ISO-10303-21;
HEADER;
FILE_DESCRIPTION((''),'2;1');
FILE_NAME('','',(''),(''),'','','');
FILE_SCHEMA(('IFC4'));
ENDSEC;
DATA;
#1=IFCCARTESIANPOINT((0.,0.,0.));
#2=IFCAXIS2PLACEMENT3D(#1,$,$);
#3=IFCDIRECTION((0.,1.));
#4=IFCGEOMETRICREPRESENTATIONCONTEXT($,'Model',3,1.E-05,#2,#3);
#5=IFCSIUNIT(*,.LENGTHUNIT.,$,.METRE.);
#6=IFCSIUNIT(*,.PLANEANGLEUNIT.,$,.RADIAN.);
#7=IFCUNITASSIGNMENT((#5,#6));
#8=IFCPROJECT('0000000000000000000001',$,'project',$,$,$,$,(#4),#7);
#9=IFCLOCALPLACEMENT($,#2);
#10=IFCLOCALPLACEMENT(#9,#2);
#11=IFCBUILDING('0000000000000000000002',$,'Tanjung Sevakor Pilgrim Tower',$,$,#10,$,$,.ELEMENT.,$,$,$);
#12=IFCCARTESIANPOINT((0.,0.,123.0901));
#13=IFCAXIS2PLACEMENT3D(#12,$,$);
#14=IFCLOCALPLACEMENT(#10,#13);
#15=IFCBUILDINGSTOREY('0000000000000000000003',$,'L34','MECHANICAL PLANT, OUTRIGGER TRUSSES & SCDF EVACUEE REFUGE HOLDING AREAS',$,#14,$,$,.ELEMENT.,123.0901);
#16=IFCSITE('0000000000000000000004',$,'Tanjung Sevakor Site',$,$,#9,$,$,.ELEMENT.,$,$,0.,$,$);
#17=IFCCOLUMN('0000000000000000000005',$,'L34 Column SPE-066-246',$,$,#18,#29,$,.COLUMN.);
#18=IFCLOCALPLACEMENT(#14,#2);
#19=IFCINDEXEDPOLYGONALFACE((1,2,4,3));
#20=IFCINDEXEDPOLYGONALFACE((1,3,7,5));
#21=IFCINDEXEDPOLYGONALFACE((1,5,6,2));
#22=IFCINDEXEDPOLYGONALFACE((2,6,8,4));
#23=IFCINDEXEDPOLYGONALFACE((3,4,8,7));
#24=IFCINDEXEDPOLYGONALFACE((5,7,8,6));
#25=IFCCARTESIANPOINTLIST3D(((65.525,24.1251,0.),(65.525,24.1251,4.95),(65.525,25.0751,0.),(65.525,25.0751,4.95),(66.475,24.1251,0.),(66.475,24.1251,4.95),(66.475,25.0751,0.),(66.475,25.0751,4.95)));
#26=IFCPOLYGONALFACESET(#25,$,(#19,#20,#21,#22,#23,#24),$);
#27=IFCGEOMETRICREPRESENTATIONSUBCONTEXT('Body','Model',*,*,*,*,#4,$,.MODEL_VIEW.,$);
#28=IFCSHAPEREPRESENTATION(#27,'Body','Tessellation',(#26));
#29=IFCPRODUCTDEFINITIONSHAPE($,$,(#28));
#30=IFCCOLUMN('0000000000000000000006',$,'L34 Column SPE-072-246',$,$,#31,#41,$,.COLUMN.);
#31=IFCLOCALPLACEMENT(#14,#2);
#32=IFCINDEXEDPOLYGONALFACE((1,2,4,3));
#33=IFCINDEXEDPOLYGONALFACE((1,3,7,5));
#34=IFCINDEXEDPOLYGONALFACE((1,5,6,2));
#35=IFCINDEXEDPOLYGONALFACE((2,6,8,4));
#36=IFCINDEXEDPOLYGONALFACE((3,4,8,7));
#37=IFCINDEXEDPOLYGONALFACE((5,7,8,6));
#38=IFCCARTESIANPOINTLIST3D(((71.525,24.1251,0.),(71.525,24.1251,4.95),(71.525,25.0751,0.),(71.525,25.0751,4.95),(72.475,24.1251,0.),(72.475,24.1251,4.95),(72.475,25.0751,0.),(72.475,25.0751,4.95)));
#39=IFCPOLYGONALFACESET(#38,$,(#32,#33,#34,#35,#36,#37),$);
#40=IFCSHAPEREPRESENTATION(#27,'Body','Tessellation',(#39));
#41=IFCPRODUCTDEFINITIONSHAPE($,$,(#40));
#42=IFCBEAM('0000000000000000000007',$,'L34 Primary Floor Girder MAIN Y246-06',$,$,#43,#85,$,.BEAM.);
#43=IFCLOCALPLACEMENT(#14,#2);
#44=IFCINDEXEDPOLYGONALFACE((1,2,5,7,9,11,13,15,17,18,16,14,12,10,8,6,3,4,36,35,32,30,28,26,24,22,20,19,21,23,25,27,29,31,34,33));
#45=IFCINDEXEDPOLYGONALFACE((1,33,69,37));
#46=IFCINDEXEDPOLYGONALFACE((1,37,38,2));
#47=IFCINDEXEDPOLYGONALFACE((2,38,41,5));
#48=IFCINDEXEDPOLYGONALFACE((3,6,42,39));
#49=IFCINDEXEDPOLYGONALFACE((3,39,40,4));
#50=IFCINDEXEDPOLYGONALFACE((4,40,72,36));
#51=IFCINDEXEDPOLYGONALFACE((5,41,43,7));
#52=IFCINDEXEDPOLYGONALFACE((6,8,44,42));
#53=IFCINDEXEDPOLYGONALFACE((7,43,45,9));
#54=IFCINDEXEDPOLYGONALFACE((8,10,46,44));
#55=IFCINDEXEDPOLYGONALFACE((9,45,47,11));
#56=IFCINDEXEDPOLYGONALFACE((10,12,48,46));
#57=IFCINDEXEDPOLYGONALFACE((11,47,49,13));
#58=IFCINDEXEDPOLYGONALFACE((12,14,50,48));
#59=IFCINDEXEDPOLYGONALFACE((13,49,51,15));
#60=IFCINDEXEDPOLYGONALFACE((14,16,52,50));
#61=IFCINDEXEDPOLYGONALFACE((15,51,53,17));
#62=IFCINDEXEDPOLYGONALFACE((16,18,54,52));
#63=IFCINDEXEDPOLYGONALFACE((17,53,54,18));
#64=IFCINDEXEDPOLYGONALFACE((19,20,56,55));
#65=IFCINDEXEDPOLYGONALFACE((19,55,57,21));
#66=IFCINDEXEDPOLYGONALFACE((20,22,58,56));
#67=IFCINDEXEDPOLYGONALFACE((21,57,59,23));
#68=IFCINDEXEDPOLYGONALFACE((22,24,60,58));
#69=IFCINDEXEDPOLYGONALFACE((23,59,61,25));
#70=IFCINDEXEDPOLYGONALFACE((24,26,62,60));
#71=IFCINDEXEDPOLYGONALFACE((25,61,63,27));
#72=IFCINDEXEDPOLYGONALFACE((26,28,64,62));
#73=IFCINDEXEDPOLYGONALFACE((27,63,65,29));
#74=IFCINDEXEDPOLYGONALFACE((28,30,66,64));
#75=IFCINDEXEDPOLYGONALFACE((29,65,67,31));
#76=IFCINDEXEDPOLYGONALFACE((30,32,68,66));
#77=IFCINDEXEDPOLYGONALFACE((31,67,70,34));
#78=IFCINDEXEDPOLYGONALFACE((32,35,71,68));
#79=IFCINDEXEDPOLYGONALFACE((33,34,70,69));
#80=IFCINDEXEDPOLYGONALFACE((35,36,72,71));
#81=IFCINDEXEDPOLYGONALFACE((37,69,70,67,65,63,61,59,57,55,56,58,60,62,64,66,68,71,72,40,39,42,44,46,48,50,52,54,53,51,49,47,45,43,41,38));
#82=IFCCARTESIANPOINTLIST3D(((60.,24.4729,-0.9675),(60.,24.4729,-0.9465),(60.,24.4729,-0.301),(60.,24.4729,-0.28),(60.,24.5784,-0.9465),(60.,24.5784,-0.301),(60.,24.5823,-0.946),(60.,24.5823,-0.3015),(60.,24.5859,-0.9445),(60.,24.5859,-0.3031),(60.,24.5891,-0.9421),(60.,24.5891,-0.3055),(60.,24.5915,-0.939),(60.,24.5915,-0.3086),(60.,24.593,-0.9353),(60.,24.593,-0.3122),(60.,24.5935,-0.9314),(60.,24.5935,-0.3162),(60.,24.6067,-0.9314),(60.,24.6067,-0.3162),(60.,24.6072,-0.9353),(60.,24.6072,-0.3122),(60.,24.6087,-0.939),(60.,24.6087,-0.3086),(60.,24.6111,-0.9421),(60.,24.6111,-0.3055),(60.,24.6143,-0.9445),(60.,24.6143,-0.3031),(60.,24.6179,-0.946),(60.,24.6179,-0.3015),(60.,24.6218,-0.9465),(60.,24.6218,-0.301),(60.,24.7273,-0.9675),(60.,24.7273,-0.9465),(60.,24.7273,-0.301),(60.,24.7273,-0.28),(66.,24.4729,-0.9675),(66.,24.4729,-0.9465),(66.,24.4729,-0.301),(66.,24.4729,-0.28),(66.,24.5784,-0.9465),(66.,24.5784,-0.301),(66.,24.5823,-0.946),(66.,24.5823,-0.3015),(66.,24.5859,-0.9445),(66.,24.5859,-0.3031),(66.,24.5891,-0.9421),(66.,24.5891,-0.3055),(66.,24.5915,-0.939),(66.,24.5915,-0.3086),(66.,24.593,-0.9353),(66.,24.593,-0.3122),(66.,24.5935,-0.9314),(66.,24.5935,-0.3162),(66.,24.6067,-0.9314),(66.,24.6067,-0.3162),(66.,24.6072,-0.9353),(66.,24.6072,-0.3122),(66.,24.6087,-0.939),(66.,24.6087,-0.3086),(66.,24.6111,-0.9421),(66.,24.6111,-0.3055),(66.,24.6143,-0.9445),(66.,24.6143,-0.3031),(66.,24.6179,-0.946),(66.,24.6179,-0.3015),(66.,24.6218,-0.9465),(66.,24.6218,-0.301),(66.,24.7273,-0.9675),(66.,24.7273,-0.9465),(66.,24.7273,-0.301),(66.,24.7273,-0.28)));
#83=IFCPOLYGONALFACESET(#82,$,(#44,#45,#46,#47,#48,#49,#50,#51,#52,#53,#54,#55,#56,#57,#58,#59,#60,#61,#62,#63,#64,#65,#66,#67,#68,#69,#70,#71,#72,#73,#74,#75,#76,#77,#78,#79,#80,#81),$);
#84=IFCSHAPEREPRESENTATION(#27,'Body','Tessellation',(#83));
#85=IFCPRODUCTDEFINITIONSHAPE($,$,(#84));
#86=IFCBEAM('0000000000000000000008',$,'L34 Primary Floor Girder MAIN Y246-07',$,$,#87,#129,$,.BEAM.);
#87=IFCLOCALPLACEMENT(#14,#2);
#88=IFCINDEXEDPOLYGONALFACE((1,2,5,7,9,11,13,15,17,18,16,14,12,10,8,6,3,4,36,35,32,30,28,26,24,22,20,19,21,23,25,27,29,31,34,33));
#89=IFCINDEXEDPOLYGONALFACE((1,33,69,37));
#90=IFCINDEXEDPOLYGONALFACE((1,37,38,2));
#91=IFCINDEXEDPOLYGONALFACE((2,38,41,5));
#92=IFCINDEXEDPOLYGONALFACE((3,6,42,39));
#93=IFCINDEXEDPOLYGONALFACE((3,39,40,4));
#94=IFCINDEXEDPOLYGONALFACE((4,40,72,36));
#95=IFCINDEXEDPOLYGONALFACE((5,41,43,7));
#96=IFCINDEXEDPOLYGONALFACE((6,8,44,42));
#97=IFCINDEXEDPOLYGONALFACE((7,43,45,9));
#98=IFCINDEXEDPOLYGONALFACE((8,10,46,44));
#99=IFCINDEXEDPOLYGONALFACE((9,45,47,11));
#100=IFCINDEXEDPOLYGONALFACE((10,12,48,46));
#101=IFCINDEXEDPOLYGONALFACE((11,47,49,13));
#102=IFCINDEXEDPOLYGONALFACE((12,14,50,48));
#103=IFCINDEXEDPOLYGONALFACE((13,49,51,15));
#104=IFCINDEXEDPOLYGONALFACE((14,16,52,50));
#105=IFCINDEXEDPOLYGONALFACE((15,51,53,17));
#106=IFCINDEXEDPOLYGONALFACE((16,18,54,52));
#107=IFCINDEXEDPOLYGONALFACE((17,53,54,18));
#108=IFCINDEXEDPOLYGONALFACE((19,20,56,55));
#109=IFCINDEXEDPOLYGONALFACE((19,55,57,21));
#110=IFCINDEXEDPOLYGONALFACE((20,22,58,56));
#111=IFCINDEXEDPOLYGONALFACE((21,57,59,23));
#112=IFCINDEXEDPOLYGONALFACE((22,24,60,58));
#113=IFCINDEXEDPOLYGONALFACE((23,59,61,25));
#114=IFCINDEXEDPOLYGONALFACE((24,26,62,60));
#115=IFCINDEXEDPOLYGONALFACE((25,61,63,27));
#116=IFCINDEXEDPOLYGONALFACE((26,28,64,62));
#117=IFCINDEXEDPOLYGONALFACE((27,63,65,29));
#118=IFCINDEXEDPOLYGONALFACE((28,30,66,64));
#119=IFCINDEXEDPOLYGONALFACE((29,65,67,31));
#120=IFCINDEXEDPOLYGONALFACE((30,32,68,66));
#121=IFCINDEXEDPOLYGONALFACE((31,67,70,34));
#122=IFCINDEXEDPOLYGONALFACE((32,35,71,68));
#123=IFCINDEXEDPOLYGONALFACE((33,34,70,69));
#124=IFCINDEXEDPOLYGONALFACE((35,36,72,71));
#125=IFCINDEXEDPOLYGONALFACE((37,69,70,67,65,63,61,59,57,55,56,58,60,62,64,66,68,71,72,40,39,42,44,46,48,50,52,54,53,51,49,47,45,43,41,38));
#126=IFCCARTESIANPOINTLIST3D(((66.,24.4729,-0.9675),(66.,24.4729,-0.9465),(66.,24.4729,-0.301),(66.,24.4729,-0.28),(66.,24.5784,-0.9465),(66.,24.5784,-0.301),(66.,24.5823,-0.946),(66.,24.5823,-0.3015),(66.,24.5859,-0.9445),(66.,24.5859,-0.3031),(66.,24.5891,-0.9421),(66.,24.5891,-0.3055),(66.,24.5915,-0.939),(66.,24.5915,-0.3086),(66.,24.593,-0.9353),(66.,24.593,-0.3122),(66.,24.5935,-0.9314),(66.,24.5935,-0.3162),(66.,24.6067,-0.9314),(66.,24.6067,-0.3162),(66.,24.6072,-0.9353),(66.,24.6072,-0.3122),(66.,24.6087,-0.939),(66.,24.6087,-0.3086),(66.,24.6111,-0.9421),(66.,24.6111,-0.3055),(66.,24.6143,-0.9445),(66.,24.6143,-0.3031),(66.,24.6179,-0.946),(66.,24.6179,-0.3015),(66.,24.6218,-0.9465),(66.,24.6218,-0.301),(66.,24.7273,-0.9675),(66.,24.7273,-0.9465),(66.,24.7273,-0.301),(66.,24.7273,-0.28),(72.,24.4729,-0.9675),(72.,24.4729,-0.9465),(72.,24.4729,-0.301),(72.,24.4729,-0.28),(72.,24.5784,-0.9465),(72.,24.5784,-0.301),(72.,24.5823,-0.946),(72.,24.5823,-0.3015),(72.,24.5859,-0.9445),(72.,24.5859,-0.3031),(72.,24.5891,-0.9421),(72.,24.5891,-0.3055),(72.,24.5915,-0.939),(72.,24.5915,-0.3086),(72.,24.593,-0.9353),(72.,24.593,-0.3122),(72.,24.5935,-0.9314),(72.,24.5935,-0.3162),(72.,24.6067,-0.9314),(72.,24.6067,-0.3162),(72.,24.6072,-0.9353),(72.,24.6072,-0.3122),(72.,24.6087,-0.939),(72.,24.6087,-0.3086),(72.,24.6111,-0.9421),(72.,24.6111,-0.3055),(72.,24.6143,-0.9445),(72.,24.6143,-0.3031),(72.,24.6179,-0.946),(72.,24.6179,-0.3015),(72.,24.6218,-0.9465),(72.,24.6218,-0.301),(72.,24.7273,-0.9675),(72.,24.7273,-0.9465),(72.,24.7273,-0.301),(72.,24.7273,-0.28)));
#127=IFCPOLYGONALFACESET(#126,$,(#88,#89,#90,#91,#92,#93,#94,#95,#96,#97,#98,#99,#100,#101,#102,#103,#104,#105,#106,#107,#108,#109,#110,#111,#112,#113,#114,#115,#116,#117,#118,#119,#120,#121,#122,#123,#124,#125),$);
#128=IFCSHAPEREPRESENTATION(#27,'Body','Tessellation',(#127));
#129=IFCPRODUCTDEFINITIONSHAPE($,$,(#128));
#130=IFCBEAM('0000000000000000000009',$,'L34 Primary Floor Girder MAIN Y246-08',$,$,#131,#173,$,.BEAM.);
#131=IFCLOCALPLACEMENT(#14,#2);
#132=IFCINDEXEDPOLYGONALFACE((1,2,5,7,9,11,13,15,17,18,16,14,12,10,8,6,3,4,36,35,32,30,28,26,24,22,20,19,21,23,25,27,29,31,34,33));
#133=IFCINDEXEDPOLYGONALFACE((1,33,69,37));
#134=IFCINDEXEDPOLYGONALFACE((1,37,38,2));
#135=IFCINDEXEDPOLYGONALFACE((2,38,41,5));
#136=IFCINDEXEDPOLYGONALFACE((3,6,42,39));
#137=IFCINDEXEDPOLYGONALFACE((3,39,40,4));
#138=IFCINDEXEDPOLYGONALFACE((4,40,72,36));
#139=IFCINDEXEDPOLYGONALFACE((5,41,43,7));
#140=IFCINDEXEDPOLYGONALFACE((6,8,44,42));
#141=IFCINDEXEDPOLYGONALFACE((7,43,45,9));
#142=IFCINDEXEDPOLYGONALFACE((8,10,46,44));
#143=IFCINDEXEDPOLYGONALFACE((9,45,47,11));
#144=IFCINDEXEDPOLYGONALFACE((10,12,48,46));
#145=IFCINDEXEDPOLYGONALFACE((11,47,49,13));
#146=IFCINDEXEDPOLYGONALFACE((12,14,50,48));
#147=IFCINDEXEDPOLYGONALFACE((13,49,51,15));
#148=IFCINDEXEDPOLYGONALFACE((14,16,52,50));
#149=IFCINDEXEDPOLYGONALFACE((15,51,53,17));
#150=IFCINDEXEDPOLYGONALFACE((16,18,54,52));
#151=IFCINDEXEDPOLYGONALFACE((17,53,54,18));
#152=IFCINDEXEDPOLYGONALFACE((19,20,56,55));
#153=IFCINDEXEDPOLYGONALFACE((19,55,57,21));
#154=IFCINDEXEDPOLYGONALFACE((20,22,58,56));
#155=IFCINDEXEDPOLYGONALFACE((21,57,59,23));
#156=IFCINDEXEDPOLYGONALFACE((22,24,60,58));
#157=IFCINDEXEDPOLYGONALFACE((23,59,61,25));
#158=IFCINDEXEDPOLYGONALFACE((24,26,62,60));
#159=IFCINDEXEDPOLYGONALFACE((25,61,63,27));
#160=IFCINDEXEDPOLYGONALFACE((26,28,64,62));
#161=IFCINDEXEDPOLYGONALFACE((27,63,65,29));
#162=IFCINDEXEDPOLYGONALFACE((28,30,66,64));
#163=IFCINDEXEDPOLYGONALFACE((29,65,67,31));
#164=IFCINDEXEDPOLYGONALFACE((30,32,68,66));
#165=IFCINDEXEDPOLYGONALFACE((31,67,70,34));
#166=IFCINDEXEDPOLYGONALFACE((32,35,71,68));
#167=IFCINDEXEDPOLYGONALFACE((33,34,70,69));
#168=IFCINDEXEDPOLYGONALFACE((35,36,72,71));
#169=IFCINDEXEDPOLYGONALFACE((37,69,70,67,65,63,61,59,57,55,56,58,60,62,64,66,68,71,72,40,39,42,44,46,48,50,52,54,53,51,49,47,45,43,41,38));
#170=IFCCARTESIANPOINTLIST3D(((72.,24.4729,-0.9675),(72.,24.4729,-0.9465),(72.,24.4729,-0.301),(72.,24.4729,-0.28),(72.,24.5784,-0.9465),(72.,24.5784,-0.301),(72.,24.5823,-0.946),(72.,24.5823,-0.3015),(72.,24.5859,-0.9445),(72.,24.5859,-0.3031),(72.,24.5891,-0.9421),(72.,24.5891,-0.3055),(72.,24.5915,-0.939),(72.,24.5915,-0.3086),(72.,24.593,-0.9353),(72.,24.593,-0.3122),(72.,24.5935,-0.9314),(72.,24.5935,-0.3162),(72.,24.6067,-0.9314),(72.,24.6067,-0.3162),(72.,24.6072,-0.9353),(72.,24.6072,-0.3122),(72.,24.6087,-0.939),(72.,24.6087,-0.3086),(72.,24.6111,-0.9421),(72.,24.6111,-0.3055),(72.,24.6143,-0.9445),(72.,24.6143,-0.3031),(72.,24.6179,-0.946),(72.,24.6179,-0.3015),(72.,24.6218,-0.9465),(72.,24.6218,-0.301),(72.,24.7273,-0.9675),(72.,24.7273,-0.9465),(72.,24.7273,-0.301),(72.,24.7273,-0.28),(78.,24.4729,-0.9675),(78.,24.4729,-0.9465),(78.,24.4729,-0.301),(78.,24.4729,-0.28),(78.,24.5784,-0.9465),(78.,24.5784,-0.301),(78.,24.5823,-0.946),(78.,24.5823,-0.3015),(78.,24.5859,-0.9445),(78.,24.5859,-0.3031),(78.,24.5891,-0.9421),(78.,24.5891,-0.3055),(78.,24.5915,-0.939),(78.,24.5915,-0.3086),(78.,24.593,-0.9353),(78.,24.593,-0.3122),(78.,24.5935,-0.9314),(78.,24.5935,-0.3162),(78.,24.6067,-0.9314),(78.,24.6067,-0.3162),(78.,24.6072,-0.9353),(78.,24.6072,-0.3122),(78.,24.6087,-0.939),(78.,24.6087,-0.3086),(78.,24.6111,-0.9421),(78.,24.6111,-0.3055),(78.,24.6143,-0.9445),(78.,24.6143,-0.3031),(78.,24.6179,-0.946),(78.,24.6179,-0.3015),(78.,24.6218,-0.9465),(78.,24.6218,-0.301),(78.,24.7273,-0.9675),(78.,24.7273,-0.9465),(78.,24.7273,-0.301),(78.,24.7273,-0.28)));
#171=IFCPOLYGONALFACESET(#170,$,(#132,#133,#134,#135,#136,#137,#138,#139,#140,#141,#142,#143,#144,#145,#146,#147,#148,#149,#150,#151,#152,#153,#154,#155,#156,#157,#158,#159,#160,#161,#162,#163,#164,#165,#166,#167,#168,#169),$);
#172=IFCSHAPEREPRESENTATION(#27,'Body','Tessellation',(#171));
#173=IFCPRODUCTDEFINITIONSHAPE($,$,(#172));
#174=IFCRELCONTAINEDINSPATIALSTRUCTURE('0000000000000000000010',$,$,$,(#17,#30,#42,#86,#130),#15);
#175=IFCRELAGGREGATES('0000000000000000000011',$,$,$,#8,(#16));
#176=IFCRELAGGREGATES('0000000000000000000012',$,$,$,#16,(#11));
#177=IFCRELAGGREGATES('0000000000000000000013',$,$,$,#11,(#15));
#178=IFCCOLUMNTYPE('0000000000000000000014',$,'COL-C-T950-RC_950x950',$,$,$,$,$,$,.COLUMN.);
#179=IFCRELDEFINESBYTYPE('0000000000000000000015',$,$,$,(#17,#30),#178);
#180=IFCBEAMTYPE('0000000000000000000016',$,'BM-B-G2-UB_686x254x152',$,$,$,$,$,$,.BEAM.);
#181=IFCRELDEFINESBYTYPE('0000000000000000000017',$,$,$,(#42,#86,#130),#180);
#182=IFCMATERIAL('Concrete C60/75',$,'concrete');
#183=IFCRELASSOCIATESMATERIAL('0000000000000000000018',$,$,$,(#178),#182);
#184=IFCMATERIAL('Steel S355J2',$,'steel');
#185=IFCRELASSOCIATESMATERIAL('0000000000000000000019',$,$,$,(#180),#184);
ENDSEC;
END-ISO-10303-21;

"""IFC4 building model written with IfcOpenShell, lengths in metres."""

from ifc_helpers import new_model, si_unit, direction, frame, origin, origin_2d, place, context, subcontext, project, spatial, rectangle, i_section, extrude, material, material_profile, profile_set, type_object, element, save


model = new_model("IFC4")

# Units and contexts
model_context = context("Model", 3, precision=1e-05, world=origin(), true_north=direction((0.0, 1.0)))
body_context = subcontext(model_context, "Body", "Model", "MODEL_VIEW")
ifc_project = project(units=[si_unit("LENGTHUNIT", "METRE"), si_unit("PLANEANGLEUNIT", "RADIAN")], contexts=[model_context])

# Site, building, storey
site_placement = place(None, origin())
site = spatial("IfcSite", under=ifc_project, at=site_placement, Name="Tanjung Sevakor Site", CompositionType="ELEMENT", RefElevation=0.0)
building_placement = place(site_placement, origin())
building = spatial("IfcBuilding", under=site, at=building_placement, Name="Tanjung Sevakor Pilgrim Tower", CompositionType="ELEMENT")
storey_placement = place(building_placement, frame((0.0, 0.0, 123.0901)))
storey = spatial("IfcBuildingStorey", under=building, at=storey_placement, Name="L34", Description="MECHANICAL PLANT, OUTRIGGER TRUSSES & SCDF EVACUEE REFUGE HOLDING AREAS", CompositionType="ELEMENT", Elevation=123.0901)

# Columns
ifc_material_1 = material(Name="Concrete C60/75", Category="concrete")
ifc_material_profile_1 = material_profile(ifc_material_1, rectangle(XDim=0.95, YDim=0.95, at=origin_2d()))
ifc_profile_set_1 = profile_set([ifc_material_profile_1], Name="Concrete C60/75")
column_type = type_object("IfcColumnType", Name="COL-C-T950-RC_950x950", PredefinedType="COLUMN", material=ifc_profile_set_1)
for number, where, z_axis, x_axis, name in (
    (1, (66.0, 24.6001, 0.0), (0.0, 0.0, 1.0), (1.0, 0.0, 0.0), "L34 Column SPE-066-246"),
    (2, (72.0, 24.6001, 0.0), (0.0, 0.0, 1.0), (1.0, 0.0, 0.0), "L34 Column SPE-072-246"),
):
    element("IfcColumn", number, at=place(storey_placement, frame(where, z_axis=z_axis, x_axis=x_axis)), inside=storey, type_object=column_type, Name=name, PredefinedType="COLUMN", context=body_context, shape_type="SweptSolid", body=[
        extrude(rectangle(XDim=0.95, YDim=0.95, at=origin_2d()), origin(), (0.0, 0.0, 1.0), 4.95),
    ])

# Beams
ifc_material_2 = material(Name="Steel S355J2", Category="steel")
ifc_material_profile_2 = material_profile(ifc_material_2, i_section(OverallWidth=0.2544, OverallDepth=0.6875, WebThickness=0.0132, FlangeThickness=0.021, FilletRadius=0.0151, at=origin_2d()))
ifc_profile_set_2 = profile_set([ifc_material_profile_2], Name="Steel S355J2")
beam_type_1 = type_object("IfcBeamType", Name="BM-B-G2-UB_686x254x152", PredefinedType="BEAM", material=ifc_profile_set_2)
for number, where, z_axis, x_axis, name in (
    (3, (60.0, 24.6001, -0.6238), (1.0, 0.0, 0.0), (0.0, 1.0, 0.0), "L34 Primary Floor Girder MAIN Y246-06"),
    (4, (66.0, 24.6001, -0.6238), (1.0, 0.0, 0.0), (0.0, 1.0, 0.0), "L34 Primary Floor Girder MAIN Y246-07"),
    (5, (72.0, 24.6001, -0.6238), (1.0, 0.0, 0.0), (0.0, 1.0, 0.0), "L34 Primary Floor Girder MAIN Y246-08"),
):
    element("IfcBeam", number, at=place(storey_placement, frame(where, z_axis=z_axis, x_axis=x_axis)), inside=storey, type_object=beam_type_1, Name=name, PredefinedType="BEAM", context=body_context, shape_type="SweptSolid", body=[
        extrude(i_section(OverallWidth=0.2544, OverallDepth=0.6875, WebThickness=0.0132, FlangeThickness=0.021, FilletRadius=0.0151, at=origin_2d()), origin(), (0.0, 0.0, 1.0), 6.0),
    ])

save(model, "model.ifc")
